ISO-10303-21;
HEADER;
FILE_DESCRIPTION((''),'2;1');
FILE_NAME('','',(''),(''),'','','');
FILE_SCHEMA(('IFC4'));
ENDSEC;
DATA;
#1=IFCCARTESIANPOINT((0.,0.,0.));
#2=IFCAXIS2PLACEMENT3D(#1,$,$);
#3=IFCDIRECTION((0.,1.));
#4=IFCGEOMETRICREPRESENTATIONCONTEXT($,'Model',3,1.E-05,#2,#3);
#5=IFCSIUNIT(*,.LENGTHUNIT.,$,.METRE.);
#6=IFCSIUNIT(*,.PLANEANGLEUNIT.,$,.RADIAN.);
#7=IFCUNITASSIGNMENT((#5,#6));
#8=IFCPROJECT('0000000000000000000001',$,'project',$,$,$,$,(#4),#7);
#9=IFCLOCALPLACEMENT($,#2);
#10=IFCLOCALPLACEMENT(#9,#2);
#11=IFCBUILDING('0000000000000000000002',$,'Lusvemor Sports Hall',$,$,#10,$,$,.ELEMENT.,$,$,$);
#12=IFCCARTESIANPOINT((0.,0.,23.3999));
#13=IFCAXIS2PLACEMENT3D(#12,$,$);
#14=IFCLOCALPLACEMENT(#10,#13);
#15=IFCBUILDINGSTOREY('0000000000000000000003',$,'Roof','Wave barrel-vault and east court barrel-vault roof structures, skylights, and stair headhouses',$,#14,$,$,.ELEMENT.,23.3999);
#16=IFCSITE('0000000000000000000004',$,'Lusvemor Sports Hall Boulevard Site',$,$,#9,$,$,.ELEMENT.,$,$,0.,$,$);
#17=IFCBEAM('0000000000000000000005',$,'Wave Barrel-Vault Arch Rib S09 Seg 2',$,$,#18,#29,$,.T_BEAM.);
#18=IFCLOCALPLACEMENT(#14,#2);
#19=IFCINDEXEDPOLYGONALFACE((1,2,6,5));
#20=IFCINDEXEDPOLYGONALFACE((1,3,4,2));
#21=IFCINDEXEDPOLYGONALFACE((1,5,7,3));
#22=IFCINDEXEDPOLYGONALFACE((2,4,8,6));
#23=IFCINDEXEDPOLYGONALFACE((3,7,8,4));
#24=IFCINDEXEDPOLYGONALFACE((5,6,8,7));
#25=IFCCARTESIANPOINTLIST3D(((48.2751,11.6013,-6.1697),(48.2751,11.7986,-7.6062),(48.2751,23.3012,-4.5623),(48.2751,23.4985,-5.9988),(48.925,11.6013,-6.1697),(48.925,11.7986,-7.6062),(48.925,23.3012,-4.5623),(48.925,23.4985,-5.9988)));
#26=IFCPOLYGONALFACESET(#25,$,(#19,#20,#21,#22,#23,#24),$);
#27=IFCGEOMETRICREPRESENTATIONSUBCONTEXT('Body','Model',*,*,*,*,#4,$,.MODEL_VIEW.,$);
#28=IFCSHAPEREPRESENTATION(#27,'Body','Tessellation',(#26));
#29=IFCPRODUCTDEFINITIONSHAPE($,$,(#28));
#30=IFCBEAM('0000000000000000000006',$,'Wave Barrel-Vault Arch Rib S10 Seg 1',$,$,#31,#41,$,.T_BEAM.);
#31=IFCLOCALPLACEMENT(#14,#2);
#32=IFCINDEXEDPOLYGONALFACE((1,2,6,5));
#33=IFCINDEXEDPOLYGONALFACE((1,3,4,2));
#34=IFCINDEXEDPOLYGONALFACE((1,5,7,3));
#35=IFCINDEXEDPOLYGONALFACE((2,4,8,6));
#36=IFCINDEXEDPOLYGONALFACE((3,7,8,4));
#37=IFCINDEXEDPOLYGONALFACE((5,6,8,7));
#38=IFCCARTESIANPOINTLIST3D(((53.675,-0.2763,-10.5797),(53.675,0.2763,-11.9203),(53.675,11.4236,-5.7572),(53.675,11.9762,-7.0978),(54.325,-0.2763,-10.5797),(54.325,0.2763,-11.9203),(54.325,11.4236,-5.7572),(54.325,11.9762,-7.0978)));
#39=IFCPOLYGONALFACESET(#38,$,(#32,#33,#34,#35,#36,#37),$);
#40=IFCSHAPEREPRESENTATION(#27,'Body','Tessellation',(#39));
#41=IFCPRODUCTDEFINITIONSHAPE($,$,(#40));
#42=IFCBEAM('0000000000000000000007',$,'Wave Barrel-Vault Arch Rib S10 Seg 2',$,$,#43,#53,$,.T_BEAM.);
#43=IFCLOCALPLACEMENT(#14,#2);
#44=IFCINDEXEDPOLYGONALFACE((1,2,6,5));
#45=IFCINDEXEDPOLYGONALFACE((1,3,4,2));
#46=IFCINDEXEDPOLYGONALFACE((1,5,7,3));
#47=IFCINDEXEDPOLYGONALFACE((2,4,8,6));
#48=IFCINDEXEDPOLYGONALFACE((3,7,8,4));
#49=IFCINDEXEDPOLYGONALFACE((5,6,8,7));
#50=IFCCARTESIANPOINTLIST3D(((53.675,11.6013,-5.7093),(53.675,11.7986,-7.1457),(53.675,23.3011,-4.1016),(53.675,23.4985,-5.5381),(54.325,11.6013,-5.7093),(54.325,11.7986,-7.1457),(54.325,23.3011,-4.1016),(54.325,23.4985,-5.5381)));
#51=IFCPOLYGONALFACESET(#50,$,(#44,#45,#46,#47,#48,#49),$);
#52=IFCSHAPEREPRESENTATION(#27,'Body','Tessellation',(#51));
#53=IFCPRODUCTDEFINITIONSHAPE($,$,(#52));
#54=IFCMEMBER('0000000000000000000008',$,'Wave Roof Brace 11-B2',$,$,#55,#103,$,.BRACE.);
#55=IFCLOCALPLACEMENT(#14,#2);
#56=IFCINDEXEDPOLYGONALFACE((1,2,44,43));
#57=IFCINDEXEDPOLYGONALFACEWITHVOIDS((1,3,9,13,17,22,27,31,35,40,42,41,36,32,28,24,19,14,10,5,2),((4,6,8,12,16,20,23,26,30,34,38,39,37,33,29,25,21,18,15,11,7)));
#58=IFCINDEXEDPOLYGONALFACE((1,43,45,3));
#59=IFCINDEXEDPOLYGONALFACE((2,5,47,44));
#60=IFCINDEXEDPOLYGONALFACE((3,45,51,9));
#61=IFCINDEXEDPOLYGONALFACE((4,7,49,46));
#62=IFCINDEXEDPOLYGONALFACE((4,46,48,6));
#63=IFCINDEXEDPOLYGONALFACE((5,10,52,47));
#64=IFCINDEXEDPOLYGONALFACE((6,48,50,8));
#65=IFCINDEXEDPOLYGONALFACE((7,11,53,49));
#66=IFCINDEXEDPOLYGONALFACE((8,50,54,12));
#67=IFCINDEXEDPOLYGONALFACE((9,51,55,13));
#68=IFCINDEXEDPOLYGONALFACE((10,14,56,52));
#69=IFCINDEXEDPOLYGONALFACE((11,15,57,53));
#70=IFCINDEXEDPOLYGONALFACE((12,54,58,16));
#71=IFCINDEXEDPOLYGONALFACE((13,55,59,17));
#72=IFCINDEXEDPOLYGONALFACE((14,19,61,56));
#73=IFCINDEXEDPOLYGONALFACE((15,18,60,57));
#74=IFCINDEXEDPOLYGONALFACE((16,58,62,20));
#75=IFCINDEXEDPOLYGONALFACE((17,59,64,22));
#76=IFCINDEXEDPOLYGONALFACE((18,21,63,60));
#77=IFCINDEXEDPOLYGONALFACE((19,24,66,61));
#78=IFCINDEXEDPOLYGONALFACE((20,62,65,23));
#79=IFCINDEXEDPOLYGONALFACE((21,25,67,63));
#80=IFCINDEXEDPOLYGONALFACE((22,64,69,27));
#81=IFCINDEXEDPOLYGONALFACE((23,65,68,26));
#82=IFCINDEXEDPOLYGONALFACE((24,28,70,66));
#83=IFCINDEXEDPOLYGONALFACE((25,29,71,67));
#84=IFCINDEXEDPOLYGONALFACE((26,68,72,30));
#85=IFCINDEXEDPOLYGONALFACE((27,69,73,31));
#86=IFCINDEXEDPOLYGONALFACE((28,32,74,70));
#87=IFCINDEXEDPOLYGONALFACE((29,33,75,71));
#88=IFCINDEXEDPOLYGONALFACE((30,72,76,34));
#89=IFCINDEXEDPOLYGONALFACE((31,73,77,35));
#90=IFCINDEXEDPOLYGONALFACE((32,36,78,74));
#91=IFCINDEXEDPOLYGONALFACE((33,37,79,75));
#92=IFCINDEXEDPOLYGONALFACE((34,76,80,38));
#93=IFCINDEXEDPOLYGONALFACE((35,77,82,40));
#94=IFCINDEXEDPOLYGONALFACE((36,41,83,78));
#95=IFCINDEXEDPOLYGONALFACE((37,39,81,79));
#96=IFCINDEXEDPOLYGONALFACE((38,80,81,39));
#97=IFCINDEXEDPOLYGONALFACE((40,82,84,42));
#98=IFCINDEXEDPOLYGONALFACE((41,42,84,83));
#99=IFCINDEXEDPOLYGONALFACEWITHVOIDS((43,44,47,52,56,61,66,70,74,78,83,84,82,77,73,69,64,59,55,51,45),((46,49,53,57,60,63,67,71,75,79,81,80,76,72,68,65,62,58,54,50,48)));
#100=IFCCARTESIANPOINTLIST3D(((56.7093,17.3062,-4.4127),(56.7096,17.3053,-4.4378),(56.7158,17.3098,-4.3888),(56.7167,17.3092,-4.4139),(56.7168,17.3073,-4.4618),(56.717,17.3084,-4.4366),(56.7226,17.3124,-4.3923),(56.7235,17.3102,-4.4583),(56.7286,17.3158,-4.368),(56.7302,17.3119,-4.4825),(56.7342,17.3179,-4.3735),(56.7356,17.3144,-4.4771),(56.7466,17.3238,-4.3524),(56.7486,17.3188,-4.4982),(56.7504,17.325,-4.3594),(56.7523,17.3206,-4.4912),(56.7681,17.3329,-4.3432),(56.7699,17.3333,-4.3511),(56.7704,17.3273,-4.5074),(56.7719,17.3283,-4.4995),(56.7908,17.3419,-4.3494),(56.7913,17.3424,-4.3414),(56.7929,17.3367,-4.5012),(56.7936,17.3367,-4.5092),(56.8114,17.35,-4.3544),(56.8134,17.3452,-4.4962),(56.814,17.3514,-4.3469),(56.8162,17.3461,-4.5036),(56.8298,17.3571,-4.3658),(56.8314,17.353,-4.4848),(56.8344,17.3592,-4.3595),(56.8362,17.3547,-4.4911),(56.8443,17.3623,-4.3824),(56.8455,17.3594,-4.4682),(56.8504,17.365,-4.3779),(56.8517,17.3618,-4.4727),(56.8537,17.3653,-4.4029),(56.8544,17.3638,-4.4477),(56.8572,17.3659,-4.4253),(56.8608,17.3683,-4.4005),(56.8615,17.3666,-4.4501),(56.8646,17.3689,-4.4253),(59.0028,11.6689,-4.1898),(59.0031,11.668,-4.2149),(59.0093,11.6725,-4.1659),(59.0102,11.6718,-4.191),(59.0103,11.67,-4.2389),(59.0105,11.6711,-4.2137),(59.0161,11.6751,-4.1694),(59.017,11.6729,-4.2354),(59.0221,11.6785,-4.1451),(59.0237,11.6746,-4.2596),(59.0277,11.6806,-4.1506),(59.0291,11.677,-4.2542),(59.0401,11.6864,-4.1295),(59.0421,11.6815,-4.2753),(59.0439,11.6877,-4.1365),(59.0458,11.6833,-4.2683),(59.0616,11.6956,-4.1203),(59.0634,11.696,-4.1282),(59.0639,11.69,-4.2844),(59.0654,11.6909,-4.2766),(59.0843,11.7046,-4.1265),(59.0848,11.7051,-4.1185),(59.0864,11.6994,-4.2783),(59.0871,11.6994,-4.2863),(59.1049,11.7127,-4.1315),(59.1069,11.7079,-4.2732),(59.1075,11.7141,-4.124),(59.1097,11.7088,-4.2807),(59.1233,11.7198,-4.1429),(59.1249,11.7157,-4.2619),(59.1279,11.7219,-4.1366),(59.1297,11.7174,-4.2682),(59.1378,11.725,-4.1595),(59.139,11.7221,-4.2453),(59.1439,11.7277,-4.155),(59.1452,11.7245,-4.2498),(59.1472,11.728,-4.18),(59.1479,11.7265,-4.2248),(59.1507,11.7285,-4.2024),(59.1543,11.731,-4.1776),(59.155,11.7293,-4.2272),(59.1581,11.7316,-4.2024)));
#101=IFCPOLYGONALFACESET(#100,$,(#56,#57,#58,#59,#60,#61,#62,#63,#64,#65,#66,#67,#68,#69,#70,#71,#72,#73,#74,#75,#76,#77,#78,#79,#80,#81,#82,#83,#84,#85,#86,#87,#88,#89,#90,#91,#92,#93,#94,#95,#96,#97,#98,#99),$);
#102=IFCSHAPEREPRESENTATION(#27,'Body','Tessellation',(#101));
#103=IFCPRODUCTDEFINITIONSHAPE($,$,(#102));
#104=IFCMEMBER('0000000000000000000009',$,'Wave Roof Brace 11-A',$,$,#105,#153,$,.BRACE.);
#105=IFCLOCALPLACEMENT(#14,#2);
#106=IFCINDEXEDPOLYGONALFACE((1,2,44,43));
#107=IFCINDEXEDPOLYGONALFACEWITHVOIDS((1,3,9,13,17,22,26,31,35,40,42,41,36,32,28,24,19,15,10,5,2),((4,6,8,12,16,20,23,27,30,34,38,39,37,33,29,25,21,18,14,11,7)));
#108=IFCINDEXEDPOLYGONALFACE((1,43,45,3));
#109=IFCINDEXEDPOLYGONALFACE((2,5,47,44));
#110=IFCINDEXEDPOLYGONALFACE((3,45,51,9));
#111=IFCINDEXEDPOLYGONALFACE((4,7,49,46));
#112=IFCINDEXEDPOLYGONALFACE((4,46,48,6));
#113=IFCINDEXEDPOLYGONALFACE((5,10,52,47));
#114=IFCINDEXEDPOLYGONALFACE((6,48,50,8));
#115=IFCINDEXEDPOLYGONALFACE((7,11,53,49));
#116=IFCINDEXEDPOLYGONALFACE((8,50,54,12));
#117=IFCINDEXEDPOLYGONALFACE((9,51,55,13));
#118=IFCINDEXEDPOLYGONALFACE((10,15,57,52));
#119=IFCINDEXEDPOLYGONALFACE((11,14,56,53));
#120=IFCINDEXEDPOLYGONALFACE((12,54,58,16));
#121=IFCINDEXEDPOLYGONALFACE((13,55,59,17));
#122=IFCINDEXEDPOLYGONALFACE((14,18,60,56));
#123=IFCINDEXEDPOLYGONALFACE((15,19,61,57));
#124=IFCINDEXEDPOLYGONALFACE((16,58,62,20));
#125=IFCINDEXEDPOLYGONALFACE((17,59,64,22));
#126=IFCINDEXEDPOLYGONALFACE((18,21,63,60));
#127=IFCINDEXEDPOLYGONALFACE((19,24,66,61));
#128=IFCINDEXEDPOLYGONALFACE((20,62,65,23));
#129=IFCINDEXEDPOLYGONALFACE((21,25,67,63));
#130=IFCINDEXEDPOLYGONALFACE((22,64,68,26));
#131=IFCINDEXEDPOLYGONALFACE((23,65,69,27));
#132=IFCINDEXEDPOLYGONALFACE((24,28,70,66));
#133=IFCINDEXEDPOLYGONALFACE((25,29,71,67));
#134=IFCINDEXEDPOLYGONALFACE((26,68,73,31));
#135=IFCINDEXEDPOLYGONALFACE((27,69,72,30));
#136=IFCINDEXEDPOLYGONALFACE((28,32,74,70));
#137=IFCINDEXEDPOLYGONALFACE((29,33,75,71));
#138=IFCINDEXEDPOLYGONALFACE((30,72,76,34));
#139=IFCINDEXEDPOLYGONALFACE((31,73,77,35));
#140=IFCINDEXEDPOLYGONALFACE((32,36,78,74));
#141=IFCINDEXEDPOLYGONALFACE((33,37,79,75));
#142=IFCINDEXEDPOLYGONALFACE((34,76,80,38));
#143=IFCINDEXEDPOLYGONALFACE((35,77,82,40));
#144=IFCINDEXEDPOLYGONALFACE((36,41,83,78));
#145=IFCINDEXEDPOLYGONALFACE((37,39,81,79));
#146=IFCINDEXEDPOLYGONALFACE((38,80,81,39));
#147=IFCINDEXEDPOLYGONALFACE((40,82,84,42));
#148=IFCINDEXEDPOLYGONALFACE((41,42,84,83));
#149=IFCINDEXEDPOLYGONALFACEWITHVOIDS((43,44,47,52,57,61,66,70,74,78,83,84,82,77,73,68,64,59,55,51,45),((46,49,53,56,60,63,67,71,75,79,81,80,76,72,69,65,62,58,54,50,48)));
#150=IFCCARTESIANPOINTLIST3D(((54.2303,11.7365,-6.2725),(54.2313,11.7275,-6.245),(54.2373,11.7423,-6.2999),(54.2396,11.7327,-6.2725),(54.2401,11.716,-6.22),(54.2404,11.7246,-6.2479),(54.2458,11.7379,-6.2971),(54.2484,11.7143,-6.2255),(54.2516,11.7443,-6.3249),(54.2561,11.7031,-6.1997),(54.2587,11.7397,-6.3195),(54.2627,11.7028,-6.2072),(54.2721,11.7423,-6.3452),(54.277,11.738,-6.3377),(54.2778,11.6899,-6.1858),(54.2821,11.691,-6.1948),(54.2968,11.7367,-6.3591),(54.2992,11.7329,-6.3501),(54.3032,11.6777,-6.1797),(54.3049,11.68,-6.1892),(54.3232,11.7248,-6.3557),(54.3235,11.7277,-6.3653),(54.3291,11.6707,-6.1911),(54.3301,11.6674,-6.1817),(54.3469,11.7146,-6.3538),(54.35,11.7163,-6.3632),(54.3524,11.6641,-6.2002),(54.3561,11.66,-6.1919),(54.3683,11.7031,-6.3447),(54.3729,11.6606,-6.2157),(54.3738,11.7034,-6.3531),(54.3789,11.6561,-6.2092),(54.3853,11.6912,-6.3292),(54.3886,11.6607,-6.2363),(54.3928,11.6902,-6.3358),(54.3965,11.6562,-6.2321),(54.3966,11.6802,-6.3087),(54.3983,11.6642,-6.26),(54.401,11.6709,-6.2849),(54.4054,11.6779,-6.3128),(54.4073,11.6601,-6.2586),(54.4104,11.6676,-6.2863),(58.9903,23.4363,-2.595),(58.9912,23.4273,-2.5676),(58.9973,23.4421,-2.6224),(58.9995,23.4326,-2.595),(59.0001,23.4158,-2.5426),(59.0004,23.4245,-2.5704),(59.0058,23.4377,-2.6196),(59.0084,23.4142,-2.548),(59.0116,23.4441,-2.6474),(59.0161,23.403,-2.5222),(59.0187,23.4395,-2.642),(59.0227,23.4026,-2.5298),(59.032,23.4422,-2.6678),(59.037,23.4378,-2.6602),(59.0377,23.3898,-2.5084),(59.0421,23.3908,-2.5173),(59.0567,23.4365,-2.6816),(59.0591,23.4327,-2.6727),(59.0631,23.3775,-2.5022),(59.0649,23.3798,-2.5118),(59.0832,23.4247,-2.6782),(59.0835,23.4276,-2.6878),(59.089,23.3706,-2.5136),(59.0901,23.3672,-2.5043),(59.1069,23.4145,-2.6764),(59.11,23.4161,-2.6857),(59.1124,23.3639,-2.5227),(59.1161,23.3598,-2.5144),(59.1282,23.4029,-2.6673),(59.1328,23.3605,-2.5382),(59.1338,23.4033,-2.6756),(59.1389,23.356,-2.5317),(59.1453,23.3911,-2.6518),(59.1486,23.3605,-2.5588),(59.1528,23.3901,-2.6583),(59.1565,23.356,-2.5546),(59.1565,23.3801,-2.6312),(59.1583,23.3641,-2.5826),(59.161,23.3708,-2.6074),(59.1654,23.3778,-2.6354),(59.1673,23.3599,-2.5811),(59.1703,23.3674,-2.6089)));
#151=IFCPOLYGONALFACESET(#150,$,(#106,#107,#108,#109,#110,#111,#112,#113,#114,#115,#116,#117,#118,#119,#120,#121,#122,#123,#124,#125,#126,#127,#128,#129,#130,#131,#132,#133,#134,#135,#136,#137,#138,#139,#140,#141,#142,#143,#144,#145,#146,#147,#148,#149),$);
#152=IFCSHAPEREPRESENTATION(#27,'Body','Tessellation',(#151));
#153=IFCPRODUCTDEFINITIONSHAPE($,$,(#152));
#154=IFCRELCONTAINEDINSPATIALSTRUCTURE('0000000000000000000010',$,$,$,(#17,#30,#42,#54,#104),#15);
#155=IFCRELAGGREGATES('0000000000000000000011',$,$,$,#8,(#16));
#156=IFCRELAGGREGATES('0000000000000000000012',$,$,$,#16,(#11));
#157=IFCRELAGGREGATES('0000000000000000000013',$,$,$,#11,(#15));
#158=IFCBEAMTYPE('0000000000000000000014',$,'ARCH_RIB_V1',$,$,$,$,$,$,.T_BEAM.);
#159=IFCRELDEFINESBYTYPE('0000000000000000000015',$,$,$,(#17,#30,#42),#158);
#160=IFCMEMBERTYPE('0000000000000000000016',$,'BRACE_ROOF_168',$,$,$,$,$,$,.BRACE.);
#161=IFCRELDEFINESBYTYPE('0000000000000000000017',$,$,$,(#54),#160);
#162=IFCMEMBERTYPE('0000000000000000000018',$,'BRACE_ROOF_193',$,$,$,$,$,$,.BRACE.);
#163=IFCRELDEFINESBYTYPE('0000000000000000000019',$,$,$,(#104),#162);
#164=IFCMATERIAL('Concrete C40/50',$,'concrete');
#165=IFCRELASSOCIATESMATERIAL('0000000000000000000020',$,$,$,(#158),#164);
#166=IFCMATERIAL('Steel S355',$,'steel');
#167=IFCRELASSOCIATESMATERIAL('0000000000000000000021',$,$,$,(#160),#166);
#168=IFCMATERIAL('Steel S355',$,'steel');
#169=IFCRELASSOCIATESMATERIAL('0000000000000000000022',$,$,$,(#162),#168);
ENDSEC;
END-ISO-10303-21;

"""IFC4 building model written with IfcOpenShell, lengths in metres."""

from ifc_helpers import new_model, si_unit, direction, frame, origin, origin_2d, place, context, subcontext, project, spatial, rectangle, hollow_circle, extrude, material, material_profile, profile_set, type_object, element, save


model = new_model("IFC4")

# Units and contexts
model_context = context("Model", 3, precision=1e-05, world=origin(), true_north=direction((0.0, 1.0)))
body_context = subcontext(model_context, "Body", "Model", "MODEL_VIEW")
ifc_project = project(units=[si_unit("LENGTHUNIT", "METRE"), si_unit("PLANEANGLEUNIT", "RADIAN")], contexts=[model_context])

# Site, building, storey
site_placement = place(None, origin())
site = spatial("IfcSite", under=ifc_project, at=site_placement, Name="Lusvemor Sports Hall Boulevard Site", CompositionType="ELEMENT", RefElevation=0.0)
building_placement = place(site_placement, origin())
building = spatial("IfcBuilding", under=site, at=building_placement, Name="Lusvemor Sports Hall", CompositionType="ELEMENT")
storey_placement = place(building_placement, frame((0.0, 0.0, 23.3999)))
storey = spatial("IfcBuildingStorey", under=building, at=storey_placement, Name="Roof", Description="Wave barrel-vault and east court barrel-vault roof structures, skylights, and stair headhouses", CompositionType="ELEMENT", Elevation=23.3999)

# Beams
ifc_material_1 = material(Name="Concrete C40/50", Category="concrete")
ifc_material_profile_1 = material_profile(ifc_material_1, rectangle(XDim=0.6499, YDim=1.45, at=origin_2d()), Name="RC650x1450")
ifc_profile_set_1 = profile_set([ifc_material_profile_1], Name="Concrete C40/50")
beam_type_1 = type_object("IfcBeamType", Name="ARCH_RIB_V1", PredefinedType="T_BEAM", material=ifc_profile_set_1)
beam_1_placement = place(storey_placement, frame((48.6001, 11.7, -6.8879), z_axis=(0.0, 0.990694, 0.136109), x_axis=(-1.0, 0.0, 0.0)))
element("IfcBeam", 1, at=beam_1_placement, inside=storey, type_object=beam_type_1, Name="Wave Barrel-Vault Arch Rib S09 Seg 2", PredefinedType="T_BEAM", context=body_context, shape_type="SweptSolid", body=[
    extrude(rectangle(XDim=0.6499, YDim=1.45, at=origin_2d()), origin(), (0.0, 0.0, 1.0), 11.8098),
])
beam_2_placement = place(storey_placement, frame((54.0, 0.0, -11.25), z_axis=(0.0, 0.924542, 0.38108), x_axis=(-1.0, 0.0, 0.0)))
element("IfcBeam", 2, at=beam_2_placement, inside=storey, type_object=beam_type_1, Name="Wave Barrel-Vault Arch Rib S10 Seg 1", PredefinedType="T_BEAM", context=body_context, shape_type="SweptSolid", body=[
    extrude(rectangle(XDim=0.6499, YDim=1.45, at=origin_2d()), origin(), (0.0, 0.0, 1.0), 12.6548),
])
beam_3_placement = place(storey_placement, frame((54.0, 11.7, -6.4275), z_axis=(0.0, 0.990691, 0.136129), x_axis=(-1.0, 0.0, 0.0)))
element("IfcBeam", 3, at=beam_3_placement, inside=storey, type_object=beam_type_1, Name="Wave Barrel-Vault Arch Rib S10 Seg 2", PredefinedType="T_BEAM", context=body_context, shape_type="SweptSolid", body=[
    extrude(rectangle(XDim=0.6499, YDim=1.45, at=origin_2d()), origin(), (0.0, 0.0, 1.0), 11.8098),
])

# Members
ifc_material_2 = material(Name="Steel S355", Category="steel")
ifc_material_profile_2 = material_profile(ifc_material_2, hollow_circle(Radius=0.0842, WallThickness=0.0081, at=origin_2d()), Name="CHS168.3x8.0")
ifc_profile_set_2 = profile_set([ifc_material_profile_2], Name="Steel S355")
member_type_1 = type_object("IfcMemberType", Name="BRACE_ROOF_168", PredefinedType="BRACE", material=ifc_profile_set_2)
member_1_placement = place(storey_placement, frame((56.7866, 17.3372, -4.4253), z_axis=(0.376596, -0.925654, 0.036601), x_axis=(0.926275, 0.376848, 0.0)))
element("IfcMember", 4, at=member_1_placement, inside=storey, type_object=member_type_1, Name="Wave Roof Brace 11-B2", PredefinedType="BRACE", context=body_context, shape_type="SweptSolid", body=[
    extrude(hollow_circle(Radius=0.0842, WallThickness=0.0081, at=origin_2d()), origin(), (0.0, 0.0, 1.0), 6.0901),
])
ifc_material_3 = material(Name="Steel S355", Category="steel")
ifc_material_profile_3 = material_profile(ifc_material_3, hollow_circle(Radius=0.0969, WallThickness=0.01, at=origin_2d()), Name="CHS193.7x10.0")
ifc_profile_set_3 = profile_set([ifc_material_profile_3], Name="Steel S355")
member_type_2 = type_object("IfcMemberType", Name="BRACE_ROOF_193", PredefinedType="BRACE", material=ifc_profile_set_3)
member_2_placement = place(storey_placement, frame((54.3201, 11.7, -6.2725), z_axis=(0.361823, 0.88935, 0.279537), x_axis=(-0.926276, 0.376846, 0.0)))
element("IfcMember", 5, at=member_2_placement, inside=storey, type_object=member_type_2, Name="Wave Roof Brace 11-A", PredefinedType="BRACE", context=body_context, shape_type="SweptSolid", body=[
    extrude(hollow_circle(Radius=0.0969, WallThickness=0.01, at=origin_2d()), origin(), (0.0, 0.0, 1.0), 13.1555),
])

save(model, "model.ifc")
